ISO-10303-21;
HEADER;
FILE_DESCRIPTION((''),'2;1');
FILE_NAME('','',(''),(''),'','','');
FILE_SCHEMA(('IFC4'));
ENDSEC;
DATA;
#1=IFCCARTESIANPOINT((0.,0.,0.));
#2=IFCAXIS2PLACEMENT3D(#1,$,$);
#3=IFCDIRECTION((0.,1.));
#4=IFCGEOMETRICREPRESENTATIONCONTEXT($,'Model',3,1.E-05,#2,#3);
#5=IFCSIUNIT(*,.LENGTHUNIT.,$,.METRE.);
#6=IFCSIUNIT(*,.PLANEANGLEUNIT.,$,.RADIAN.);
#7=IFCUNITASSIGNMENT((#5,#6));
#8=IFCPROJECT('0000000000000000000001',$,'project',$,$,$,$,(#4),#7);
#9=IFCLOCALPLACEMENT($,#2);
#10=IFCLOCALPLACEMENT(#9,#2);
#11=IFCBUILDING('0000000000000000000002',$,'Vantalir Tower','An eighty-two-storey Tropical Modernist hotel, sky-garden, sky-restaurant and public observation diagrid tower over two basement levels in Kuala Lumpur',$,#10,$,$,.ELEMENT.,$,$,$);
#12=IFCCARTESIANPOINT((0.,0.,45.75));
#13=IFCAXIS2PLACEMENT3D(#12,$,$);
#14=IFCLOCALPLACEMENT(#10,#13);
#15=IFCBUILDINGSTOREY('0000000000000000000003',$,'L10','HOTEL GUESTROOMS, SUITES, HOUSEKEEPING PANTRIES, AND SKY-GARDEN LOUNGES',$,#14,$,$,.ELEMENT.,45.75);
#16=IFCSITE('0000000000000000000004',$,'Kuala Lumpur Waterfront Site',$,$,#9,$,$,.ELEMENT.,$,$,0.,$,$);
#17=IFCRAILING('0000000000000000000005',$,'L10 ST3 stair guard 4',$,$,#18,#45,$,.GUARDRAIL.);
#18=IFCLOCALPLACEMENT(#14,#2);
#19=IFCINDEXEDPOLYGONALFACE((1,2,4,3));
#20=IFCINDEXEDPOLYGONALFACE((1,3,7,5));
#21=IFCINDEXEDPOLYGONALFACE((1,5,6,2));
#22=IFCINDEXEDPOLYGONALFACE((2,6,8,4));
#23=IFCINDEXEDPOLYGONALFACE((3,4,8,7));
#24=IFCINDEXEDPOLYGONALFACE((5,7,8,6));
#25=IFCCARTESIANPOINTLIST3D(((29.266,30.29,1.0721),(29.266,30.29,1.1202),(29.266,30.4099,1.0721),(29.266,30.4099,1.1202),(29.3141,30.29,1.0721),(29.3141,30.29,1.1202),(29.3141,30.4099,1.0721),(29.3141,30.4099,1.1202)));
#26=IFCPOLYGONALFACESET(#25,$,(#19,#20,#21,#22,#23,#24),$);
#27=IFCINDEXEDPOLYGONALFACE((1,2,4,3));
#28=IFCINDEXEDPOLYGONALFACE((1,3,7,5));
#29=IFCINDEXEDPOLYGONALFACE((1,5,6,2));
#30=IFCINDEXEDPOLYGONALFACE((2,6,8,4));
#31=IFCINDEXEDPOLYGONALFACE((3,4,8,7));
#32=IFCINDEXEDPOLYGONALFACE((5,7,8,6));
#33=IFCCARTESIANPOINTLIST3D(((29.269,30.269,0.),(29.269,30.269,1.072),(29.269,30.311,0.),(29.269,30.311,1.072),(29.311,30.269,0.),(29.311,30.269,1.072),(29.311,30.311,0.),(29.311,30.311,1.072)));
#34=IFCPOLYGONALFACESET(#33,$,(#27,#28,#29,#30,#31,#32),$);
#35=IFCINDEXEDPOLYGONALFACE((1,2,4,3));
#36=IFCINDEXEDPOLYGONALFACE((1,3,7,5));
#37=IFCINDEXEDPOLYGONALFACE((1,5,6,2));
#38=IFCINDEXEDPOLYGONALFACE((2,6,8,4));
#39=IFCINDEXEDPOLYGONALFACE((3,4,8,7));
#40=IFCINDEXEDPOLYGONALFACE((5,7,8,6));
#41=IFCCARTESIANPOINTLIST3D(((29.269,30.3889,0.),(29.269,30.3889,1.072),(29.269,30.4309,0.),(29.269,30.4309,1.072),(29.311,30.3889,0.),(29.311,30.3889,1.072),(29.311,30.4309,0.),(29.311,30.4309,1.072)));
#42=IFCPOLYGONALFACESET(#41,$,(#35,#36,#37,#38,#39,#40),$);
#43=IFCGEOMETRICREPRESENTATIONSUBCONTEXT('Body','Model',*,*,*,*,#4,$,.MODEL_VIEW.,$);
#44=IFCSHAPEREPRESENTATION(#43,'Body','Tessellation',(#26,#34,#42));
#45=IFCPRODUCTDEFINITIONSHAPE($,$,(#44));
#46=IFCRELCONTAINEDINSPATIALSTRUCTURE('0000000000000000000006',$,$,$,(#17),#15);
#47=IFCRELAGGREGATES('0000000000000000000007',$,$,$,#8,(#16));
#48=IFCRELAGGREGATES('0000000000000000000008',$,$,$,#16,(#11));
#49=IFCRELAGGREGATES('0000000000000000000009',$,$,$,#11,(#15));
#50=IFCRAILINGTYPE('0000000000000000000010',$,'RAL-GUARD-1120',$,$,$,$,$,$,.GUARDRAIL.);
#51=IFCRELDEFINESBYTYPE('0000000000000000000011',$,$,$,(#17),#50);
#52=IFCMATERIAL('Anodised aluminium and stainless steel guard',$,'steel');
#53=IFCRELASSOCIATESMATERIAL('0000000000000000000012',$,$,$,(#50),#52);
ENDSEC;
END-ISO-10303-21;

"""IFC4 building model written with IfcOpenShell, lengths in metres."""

from ifc_helpers import new_model, si_unit, direction, frame, origin, origin_2d, place, context, subcontext, project, spatial, rectangle, extrude, material, type_object, element, save


model = new_model("IFC4")

# Units and contexts
model_context = context("Model", 3, precision=1e-05, world=origin(), true_north=direction((0.0, 1.0)))
body_context = subcontext(model_context, "Body", "Model", "MODEL_VIEW")
ifc_project = project(units=[si_unit("LENGTHUNIT", "METRE"), si_unit("PLANEANGLEUNIT", "RADIAN")], contexts=[model_context])

# Site, building, storey
site_placement = place(None, origin())
site = spatial("IfcSite", under=ifc_project, at=site_placement, Name="Kuala Lumpur Waterfront Site", CompositionType="ELEMENT", RefElevation=0.0)
building_placement = place(site_placement, origin())
building = spatial("IfcBuilding", under=site, at=building_placement, Name="Vantalir Tower", Description="An eighty-two-storey Tropical Modernist hotel, sky-garden, sky-restaurant and public observation diagrid tower over two basement levels in Kuala Lumpur", CompositionType="ELEMENT")
storey_placement = place(building_placement, frame((0.0, 0.0, 45.75)))
storey = spatial("IfcBuildingStorey", under=building, at=storey_placement, Name="L10", Description="HOTEL GUESTROOMS, SUITES, HOUSEKEEPING PANTRIES, AND SKY-GARDEN LOUNGES", CompositionType="ELEMENT", Elevation=45.75)

# Railing
ifc_material_1 = material(Name="Anodised aluminium and stainless steel guard", Category="steel")
railing_type = type_object("IfcRailingType", Name="RAL-GUARD-1120", PredefinedType="GUARDRAIL", material=ifc_material_1)
railing_1_placement = place(storey_placement, frame((29.29, 30.29, 0.0)))
element("IfcRailing", 1, at=railing_1_placement, inside=storey, type_object=railing_type, Name="L10 ST3 stair guard 4", PredefinedType="GUARDRAIL", context=body_context, shape_type="SweptSolid", body=[
    extrude(rectangle(XDim=0.0481, YDim=0.0481, at=origin_2d()), frame((0.0, 0.0, 1.0962), z_axis=(0.0, 1.0, 0.0), x_axis=(-1.0, 0.0, 0.0)), (0.0, 0.0, 1.0), 0.1199),
    extrude(rectangle(XDim=0.042, YDim=0.042, at=origin_2d()), origin(), (0.0, 0.0, 1.0), 1.072),
    extrude(rectangle(XDim=0.042, YDim=0.042, at=origin_2d()), frame((0.0, 0.1199, 0.0)), (0.0, 0.0, 1.0), 1.072),
])

save(model, "model.ifc")
